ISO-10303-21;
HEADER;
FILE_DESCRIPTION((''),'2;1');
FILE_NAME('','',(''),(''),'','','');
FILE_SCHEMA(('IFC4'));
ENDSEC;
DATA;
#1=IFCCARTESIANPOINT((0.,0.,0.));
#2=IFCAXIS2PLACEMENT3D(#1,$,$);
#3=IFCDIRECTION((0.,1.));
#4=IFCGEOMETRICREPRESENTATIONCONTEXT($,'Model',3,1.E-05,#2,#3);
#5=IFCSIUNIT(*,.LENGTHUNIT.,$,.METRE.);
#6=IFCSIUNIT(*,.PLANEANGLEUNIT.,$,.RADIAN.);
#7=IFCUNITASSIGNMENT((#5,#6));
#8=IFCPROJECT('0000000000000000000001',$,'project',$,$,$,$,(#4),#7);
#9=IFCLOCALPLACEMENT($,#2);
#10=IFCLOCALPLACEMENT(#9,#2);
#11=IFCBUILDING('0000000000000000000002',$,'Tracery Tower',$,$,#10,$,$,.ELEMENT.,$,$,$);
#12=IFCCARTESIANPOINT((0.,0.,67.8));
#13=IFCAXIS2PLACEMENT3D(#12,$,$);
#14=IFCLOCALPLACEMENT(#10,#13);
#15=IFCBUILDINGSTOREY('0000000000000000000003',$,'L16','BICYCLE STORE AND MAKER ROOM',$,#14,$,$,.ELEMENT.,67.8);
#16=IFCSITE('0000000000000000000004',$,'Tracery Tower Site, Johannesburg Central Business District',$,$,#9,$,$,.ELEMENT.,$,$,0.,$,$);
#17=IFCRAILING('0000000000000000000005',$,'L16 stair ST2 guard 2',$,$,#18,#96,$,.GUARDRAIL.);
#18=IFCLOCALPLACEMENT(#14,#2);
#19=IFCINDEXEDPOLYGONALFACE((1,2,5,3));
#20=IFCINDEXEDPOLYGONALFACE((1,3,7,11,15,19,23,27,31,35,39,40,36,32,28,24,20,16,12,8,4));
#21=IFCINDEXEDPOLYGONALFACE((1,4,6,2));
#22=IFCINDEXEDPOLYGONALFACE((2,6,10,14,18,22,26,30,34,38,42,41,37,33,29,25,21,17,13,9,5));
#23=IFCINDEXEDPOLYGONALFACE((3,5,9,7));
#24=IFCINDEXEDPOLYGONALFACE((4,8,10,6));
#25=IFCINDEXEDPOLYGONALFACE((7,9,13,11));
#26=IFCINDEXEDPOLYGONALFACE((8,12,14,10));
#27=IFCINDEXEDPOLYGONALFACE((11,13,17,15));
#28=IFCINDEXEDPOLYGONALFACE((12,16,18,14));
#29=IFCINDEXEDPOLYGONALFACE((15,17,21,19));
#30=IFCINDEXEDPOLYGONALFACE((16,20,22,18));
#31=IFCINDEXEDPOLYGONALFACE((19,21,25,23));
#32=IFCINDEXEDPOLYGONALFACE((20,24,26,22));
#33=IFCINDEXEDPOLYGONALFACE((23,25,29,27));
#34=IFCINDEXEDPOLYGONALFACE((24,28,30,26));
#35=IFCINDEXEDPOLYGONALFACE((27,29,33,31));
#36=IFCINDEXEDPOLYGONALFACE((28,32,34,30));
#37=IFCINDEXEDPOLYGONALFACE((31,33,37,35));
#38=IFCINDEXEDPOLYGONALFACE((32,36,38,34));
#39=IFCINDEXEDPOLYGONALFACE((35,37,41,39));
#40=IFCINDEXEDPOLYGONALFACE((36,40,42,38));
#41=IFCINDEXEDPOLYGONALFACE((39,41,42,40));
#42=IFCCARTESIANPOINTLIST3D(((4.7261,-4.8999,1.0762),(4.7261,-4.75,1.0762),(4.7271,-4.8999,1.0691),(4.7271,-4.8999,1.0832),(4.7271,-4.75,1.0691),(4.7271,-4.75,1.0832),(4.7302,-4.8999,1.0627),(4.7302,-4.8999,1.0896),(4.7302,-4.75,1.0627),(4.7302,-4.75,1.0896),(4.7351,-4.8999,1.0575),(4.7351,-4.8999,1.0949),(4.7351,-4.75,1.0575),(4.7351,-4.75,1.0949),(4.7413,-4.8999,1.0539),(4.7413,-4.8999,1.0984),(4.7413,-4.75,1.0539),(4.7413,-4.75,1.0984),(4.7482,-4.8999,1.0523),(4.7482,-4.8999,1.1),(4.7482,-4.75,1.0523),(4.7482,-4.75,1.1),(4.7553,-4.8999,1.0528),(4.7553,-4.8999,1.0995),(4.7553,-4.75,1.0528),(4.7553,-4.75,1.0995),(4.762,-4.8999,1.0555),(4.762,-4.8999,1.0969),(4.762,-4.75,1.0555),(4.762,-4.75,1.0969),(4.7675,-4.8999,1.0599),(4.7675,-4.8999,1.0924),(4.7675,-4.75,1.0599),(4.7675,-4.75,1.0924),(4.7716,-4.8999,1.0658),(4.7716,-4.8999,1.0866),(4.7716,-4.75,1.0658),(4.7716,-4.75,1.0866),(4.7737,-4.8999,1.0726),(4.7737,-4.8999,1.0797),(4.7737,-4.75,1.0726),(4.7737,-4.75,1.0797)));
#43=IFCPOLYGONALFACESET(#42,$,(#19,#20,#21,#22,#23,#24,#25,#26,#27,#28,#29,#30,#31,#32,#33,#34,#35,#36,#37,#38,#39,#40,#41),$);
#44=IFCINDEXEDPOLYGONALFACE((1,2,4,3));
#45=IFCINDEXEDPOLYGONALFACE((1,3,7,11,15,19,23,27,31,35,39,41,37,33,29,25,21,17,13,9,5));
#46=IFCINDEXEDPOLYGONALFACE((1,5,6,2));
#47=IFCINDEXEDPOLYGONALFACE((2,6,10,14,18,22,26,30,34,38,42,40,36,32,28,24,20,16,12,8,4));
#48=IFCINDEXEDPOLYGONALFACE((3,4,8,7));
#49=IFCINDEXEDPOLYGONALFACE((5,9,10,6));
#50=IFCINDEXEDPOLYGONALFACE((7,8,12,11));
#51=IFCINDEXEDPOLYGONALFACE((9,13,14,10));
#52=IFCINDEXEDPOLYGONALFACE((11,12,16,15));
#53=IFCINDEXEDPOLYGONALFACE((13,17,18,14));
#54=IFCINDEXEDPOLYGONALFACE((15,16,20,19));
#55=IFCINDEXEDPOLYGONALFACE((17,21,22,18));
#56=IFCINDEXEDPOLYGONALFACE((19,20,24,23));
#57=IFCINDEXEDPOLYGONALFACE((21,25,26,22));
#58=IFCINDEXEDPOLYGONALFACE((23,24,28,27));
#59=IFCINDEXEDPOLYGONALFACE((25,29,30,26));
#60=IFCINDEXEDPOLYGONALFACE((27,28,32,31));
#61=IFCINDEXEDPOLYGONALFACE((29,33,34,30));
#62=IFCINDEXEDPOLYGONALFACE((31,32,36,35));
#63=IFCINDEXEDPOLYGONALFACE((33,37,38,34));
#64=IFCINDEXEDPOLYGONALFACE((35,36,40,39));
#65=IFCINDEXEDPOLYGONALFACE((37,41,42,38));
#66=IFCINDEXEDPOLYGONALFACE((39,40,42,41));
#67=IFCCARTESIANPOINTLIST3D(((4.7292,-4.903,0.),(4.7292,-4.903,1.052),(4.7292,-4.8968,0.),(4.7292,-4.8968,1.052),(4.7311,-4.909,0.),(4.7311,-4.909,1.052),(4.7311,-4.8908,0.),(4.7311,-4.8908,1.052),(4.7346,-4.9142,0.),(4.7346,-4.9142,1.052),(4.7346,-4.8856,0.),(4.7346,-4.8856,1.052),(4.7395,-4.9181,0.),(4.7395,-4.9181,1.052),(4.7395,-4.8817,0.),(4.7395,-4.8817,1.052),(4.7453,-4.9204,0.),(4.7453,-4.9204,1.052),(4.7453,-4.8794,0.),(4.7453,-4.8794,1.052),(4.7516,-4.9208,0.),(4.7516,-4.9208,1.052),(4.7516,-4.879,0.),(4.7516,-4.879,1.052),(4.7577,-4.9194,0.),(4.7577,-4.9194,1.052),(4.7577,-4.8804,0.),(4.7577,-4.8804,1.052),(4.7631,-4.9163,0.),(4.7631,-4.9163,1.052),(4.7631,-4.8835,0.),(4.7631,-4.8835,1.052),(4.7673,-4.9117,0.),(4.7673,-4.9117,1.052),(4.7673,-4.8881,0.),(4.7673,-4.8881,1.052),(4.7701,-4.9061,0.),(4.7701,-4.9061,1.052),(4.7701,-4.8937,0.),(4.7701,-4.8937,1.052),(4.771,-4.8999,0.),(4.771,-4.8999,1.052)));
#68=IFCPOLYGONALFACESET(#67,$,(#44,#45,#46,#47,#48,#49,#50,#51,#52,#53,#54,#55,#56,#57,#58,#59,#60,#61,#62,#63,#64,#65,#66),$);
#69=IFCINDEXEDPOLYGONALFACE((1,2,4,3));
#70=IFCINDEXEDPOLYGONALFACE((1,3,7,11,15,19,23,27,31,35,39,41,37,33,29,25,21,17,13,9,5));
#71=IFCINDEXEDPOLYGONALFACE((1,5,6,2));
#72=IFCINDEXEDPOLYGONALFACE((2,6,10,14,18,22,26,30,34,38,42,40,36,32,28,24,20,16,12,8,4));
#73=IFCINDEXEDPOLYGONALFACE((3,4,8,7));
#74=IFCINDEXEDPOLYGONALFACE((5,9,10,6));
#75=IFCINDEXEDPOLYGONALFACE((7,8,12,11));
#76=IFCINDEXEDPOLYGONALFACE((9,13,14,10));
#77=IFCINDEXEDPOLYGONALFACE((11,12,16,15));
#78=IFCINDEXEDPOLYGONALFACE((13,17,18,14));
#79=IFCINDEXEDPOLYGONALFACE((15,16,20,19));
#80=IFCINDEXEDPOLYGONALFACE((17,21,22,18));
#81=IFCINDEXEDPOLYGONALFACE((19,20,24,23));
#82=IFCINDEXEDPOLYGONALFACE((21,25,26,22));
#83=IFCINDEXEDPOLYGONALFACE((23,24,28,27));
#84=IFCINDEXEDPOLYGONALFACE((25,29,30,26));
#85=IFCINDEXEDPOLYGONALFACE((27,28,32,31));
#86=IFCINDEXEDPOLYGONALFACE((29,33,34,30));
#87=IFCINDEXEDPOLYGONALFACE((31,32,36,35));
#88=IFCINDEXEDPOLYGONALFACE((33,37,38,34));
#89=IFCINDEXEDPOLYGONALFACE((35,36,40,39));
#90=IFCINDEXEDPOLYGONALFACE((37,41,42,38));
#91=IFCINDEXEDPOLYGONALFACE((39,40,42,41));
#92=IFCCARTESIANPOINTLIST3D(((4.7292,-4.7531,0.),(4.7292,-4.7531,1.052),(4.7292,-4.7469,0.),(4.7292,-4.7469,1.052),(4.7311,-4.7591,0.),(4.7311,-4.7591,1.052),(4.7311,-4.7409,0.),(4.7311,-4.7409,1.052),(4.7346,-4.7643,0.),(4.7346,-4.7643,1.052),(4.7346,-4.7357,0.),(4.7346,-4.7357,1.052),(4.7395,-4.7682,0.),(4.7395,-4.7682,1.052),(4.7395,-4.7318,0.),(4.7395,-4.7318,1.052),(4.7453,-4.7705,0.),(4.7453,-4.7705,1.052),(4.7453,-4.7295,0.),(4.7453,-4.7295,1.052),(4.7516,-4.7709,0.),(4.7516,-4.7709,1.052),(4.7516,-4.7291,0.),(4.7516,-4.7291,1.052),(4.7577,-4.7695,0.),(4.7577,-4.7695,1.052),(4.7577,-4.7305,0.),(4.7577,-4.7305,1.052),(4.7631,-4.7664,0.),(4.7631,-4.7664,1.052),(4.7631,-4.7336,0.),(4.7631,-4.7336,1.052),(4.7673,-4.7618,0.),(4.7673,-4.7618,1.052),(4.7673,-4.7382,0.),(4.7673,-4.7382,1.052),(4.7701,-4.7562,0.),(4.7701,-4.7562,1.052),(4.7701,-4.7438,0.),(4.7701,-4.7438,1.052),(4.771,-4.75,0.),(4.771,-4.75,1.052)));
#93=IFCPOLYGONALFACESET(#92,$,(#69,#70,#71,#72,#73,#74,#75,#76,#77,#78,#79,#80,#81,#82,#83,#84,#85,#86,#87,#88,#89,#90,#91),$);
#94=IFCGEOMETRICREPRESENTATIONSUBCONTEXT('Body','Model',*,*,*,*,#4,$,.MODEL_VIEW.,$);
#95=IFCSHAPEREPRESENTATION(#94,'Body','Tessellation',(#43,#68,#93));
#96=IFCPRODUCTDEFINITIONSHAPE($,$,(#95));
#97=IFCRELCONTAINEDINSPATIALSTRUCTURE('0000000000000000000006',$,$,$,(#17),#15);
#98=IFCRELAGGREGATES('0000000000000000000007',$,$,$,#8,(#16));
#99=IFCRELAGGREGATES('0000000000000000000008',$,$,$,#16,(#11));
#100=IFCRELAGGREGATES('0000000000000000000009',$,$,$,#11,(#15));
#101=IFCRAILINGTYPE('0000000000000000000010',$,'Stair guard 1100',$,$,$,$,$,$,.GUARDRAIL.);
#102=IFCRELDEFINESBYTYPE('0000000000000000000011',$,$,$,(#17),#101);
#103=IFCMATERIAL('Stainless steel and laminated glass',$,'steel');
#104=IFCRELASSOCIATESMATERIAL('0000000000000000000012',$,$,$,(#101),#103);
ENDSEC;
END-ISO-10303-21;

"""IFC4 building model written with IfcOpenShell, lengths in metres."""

from ifc_helpers import new_model, si_unit, direction, frame, origin, origin_2d, place, context, subcontext, project, spatial, circle, extrude, material, type_object, element, save


model = new_model("IFC4")

# Units and contexts
model_context = context("Model", 3, precision=1e-05, world=origin(), true_north=direction((0.0, 1.0)))
body_context = subcontext(model_context, "Body", "Model", "MODEL_VIEW")
ifc_project = project(units=[si_unit("LENGTHUNIT", "METRE"), si_unit("PLANEANGLEUNIT", "RADIAN")], contexts=[model_context])

# Site, building, storey
site_placement = place(None, origin())
site = spatial("IfcSite", under=ifc_project, at=site_placement, Name="Tracery Tower Site, Johannesburg Central Business District", CompositionType="ELEMENT", RefElevation=0.0)
building_placement = place(site_placement, origin())
building = spatial("IfcBuilding", under=site, at=building_placement, Name="Tracery Tower", CompositionType="ELEMENT")
storey_placement = place(building_placement, frame((0.0, 0.0, 67.8)))
storey = spatial("IfcBuildingStorey", under=building, at=storey_placement, Name="L16", Description="BICYCLE STORE AND MAKER ROOM", CompositionType="ELEMENT", Elevation=67.8)

# Railing
ifc_material_1 = material(Name="Stainless steel and laminated glass", Category="steel")
railing_type_1 = type_object("IfcRailingType", Name="Stair guard 1100", PredefinedType="GUARDRAIL", material=ifc_material_1)
railing_1_placement = place(storey_placement, frame((4.75, -4.8999, 0.0)))
element("IfcRailing", 1, at=railing_1_placement, inside=storey, type_object=railing_type_1, Name="L16 stair ST2 guard 2", PredefinedType="GUARDRAIL", context=body_context, shape_type="SweptSolid", body=[
    extrude(circle(Radius=0.0239, at=origin_2d()), frame((0.0, 0.0, 1.0762), z_axis=(0.0, 1.0, 0.0), x_axis=(-1.0, 0.0, 0.0)), (0.0, 0.0, 1.0), 0.1499),
    extrude(circle(Radius=0.021, at=origin_2d()), origin(), (0.0, 0.0, 1.0), 1.052),
    extrude(circle(Radius=0.021, at=origin_2d()), frame((0.0, 0.1499, 0.0)), (0.0, 0.0, 1.0), 1.052),
])

save(model, "model.ifc")
